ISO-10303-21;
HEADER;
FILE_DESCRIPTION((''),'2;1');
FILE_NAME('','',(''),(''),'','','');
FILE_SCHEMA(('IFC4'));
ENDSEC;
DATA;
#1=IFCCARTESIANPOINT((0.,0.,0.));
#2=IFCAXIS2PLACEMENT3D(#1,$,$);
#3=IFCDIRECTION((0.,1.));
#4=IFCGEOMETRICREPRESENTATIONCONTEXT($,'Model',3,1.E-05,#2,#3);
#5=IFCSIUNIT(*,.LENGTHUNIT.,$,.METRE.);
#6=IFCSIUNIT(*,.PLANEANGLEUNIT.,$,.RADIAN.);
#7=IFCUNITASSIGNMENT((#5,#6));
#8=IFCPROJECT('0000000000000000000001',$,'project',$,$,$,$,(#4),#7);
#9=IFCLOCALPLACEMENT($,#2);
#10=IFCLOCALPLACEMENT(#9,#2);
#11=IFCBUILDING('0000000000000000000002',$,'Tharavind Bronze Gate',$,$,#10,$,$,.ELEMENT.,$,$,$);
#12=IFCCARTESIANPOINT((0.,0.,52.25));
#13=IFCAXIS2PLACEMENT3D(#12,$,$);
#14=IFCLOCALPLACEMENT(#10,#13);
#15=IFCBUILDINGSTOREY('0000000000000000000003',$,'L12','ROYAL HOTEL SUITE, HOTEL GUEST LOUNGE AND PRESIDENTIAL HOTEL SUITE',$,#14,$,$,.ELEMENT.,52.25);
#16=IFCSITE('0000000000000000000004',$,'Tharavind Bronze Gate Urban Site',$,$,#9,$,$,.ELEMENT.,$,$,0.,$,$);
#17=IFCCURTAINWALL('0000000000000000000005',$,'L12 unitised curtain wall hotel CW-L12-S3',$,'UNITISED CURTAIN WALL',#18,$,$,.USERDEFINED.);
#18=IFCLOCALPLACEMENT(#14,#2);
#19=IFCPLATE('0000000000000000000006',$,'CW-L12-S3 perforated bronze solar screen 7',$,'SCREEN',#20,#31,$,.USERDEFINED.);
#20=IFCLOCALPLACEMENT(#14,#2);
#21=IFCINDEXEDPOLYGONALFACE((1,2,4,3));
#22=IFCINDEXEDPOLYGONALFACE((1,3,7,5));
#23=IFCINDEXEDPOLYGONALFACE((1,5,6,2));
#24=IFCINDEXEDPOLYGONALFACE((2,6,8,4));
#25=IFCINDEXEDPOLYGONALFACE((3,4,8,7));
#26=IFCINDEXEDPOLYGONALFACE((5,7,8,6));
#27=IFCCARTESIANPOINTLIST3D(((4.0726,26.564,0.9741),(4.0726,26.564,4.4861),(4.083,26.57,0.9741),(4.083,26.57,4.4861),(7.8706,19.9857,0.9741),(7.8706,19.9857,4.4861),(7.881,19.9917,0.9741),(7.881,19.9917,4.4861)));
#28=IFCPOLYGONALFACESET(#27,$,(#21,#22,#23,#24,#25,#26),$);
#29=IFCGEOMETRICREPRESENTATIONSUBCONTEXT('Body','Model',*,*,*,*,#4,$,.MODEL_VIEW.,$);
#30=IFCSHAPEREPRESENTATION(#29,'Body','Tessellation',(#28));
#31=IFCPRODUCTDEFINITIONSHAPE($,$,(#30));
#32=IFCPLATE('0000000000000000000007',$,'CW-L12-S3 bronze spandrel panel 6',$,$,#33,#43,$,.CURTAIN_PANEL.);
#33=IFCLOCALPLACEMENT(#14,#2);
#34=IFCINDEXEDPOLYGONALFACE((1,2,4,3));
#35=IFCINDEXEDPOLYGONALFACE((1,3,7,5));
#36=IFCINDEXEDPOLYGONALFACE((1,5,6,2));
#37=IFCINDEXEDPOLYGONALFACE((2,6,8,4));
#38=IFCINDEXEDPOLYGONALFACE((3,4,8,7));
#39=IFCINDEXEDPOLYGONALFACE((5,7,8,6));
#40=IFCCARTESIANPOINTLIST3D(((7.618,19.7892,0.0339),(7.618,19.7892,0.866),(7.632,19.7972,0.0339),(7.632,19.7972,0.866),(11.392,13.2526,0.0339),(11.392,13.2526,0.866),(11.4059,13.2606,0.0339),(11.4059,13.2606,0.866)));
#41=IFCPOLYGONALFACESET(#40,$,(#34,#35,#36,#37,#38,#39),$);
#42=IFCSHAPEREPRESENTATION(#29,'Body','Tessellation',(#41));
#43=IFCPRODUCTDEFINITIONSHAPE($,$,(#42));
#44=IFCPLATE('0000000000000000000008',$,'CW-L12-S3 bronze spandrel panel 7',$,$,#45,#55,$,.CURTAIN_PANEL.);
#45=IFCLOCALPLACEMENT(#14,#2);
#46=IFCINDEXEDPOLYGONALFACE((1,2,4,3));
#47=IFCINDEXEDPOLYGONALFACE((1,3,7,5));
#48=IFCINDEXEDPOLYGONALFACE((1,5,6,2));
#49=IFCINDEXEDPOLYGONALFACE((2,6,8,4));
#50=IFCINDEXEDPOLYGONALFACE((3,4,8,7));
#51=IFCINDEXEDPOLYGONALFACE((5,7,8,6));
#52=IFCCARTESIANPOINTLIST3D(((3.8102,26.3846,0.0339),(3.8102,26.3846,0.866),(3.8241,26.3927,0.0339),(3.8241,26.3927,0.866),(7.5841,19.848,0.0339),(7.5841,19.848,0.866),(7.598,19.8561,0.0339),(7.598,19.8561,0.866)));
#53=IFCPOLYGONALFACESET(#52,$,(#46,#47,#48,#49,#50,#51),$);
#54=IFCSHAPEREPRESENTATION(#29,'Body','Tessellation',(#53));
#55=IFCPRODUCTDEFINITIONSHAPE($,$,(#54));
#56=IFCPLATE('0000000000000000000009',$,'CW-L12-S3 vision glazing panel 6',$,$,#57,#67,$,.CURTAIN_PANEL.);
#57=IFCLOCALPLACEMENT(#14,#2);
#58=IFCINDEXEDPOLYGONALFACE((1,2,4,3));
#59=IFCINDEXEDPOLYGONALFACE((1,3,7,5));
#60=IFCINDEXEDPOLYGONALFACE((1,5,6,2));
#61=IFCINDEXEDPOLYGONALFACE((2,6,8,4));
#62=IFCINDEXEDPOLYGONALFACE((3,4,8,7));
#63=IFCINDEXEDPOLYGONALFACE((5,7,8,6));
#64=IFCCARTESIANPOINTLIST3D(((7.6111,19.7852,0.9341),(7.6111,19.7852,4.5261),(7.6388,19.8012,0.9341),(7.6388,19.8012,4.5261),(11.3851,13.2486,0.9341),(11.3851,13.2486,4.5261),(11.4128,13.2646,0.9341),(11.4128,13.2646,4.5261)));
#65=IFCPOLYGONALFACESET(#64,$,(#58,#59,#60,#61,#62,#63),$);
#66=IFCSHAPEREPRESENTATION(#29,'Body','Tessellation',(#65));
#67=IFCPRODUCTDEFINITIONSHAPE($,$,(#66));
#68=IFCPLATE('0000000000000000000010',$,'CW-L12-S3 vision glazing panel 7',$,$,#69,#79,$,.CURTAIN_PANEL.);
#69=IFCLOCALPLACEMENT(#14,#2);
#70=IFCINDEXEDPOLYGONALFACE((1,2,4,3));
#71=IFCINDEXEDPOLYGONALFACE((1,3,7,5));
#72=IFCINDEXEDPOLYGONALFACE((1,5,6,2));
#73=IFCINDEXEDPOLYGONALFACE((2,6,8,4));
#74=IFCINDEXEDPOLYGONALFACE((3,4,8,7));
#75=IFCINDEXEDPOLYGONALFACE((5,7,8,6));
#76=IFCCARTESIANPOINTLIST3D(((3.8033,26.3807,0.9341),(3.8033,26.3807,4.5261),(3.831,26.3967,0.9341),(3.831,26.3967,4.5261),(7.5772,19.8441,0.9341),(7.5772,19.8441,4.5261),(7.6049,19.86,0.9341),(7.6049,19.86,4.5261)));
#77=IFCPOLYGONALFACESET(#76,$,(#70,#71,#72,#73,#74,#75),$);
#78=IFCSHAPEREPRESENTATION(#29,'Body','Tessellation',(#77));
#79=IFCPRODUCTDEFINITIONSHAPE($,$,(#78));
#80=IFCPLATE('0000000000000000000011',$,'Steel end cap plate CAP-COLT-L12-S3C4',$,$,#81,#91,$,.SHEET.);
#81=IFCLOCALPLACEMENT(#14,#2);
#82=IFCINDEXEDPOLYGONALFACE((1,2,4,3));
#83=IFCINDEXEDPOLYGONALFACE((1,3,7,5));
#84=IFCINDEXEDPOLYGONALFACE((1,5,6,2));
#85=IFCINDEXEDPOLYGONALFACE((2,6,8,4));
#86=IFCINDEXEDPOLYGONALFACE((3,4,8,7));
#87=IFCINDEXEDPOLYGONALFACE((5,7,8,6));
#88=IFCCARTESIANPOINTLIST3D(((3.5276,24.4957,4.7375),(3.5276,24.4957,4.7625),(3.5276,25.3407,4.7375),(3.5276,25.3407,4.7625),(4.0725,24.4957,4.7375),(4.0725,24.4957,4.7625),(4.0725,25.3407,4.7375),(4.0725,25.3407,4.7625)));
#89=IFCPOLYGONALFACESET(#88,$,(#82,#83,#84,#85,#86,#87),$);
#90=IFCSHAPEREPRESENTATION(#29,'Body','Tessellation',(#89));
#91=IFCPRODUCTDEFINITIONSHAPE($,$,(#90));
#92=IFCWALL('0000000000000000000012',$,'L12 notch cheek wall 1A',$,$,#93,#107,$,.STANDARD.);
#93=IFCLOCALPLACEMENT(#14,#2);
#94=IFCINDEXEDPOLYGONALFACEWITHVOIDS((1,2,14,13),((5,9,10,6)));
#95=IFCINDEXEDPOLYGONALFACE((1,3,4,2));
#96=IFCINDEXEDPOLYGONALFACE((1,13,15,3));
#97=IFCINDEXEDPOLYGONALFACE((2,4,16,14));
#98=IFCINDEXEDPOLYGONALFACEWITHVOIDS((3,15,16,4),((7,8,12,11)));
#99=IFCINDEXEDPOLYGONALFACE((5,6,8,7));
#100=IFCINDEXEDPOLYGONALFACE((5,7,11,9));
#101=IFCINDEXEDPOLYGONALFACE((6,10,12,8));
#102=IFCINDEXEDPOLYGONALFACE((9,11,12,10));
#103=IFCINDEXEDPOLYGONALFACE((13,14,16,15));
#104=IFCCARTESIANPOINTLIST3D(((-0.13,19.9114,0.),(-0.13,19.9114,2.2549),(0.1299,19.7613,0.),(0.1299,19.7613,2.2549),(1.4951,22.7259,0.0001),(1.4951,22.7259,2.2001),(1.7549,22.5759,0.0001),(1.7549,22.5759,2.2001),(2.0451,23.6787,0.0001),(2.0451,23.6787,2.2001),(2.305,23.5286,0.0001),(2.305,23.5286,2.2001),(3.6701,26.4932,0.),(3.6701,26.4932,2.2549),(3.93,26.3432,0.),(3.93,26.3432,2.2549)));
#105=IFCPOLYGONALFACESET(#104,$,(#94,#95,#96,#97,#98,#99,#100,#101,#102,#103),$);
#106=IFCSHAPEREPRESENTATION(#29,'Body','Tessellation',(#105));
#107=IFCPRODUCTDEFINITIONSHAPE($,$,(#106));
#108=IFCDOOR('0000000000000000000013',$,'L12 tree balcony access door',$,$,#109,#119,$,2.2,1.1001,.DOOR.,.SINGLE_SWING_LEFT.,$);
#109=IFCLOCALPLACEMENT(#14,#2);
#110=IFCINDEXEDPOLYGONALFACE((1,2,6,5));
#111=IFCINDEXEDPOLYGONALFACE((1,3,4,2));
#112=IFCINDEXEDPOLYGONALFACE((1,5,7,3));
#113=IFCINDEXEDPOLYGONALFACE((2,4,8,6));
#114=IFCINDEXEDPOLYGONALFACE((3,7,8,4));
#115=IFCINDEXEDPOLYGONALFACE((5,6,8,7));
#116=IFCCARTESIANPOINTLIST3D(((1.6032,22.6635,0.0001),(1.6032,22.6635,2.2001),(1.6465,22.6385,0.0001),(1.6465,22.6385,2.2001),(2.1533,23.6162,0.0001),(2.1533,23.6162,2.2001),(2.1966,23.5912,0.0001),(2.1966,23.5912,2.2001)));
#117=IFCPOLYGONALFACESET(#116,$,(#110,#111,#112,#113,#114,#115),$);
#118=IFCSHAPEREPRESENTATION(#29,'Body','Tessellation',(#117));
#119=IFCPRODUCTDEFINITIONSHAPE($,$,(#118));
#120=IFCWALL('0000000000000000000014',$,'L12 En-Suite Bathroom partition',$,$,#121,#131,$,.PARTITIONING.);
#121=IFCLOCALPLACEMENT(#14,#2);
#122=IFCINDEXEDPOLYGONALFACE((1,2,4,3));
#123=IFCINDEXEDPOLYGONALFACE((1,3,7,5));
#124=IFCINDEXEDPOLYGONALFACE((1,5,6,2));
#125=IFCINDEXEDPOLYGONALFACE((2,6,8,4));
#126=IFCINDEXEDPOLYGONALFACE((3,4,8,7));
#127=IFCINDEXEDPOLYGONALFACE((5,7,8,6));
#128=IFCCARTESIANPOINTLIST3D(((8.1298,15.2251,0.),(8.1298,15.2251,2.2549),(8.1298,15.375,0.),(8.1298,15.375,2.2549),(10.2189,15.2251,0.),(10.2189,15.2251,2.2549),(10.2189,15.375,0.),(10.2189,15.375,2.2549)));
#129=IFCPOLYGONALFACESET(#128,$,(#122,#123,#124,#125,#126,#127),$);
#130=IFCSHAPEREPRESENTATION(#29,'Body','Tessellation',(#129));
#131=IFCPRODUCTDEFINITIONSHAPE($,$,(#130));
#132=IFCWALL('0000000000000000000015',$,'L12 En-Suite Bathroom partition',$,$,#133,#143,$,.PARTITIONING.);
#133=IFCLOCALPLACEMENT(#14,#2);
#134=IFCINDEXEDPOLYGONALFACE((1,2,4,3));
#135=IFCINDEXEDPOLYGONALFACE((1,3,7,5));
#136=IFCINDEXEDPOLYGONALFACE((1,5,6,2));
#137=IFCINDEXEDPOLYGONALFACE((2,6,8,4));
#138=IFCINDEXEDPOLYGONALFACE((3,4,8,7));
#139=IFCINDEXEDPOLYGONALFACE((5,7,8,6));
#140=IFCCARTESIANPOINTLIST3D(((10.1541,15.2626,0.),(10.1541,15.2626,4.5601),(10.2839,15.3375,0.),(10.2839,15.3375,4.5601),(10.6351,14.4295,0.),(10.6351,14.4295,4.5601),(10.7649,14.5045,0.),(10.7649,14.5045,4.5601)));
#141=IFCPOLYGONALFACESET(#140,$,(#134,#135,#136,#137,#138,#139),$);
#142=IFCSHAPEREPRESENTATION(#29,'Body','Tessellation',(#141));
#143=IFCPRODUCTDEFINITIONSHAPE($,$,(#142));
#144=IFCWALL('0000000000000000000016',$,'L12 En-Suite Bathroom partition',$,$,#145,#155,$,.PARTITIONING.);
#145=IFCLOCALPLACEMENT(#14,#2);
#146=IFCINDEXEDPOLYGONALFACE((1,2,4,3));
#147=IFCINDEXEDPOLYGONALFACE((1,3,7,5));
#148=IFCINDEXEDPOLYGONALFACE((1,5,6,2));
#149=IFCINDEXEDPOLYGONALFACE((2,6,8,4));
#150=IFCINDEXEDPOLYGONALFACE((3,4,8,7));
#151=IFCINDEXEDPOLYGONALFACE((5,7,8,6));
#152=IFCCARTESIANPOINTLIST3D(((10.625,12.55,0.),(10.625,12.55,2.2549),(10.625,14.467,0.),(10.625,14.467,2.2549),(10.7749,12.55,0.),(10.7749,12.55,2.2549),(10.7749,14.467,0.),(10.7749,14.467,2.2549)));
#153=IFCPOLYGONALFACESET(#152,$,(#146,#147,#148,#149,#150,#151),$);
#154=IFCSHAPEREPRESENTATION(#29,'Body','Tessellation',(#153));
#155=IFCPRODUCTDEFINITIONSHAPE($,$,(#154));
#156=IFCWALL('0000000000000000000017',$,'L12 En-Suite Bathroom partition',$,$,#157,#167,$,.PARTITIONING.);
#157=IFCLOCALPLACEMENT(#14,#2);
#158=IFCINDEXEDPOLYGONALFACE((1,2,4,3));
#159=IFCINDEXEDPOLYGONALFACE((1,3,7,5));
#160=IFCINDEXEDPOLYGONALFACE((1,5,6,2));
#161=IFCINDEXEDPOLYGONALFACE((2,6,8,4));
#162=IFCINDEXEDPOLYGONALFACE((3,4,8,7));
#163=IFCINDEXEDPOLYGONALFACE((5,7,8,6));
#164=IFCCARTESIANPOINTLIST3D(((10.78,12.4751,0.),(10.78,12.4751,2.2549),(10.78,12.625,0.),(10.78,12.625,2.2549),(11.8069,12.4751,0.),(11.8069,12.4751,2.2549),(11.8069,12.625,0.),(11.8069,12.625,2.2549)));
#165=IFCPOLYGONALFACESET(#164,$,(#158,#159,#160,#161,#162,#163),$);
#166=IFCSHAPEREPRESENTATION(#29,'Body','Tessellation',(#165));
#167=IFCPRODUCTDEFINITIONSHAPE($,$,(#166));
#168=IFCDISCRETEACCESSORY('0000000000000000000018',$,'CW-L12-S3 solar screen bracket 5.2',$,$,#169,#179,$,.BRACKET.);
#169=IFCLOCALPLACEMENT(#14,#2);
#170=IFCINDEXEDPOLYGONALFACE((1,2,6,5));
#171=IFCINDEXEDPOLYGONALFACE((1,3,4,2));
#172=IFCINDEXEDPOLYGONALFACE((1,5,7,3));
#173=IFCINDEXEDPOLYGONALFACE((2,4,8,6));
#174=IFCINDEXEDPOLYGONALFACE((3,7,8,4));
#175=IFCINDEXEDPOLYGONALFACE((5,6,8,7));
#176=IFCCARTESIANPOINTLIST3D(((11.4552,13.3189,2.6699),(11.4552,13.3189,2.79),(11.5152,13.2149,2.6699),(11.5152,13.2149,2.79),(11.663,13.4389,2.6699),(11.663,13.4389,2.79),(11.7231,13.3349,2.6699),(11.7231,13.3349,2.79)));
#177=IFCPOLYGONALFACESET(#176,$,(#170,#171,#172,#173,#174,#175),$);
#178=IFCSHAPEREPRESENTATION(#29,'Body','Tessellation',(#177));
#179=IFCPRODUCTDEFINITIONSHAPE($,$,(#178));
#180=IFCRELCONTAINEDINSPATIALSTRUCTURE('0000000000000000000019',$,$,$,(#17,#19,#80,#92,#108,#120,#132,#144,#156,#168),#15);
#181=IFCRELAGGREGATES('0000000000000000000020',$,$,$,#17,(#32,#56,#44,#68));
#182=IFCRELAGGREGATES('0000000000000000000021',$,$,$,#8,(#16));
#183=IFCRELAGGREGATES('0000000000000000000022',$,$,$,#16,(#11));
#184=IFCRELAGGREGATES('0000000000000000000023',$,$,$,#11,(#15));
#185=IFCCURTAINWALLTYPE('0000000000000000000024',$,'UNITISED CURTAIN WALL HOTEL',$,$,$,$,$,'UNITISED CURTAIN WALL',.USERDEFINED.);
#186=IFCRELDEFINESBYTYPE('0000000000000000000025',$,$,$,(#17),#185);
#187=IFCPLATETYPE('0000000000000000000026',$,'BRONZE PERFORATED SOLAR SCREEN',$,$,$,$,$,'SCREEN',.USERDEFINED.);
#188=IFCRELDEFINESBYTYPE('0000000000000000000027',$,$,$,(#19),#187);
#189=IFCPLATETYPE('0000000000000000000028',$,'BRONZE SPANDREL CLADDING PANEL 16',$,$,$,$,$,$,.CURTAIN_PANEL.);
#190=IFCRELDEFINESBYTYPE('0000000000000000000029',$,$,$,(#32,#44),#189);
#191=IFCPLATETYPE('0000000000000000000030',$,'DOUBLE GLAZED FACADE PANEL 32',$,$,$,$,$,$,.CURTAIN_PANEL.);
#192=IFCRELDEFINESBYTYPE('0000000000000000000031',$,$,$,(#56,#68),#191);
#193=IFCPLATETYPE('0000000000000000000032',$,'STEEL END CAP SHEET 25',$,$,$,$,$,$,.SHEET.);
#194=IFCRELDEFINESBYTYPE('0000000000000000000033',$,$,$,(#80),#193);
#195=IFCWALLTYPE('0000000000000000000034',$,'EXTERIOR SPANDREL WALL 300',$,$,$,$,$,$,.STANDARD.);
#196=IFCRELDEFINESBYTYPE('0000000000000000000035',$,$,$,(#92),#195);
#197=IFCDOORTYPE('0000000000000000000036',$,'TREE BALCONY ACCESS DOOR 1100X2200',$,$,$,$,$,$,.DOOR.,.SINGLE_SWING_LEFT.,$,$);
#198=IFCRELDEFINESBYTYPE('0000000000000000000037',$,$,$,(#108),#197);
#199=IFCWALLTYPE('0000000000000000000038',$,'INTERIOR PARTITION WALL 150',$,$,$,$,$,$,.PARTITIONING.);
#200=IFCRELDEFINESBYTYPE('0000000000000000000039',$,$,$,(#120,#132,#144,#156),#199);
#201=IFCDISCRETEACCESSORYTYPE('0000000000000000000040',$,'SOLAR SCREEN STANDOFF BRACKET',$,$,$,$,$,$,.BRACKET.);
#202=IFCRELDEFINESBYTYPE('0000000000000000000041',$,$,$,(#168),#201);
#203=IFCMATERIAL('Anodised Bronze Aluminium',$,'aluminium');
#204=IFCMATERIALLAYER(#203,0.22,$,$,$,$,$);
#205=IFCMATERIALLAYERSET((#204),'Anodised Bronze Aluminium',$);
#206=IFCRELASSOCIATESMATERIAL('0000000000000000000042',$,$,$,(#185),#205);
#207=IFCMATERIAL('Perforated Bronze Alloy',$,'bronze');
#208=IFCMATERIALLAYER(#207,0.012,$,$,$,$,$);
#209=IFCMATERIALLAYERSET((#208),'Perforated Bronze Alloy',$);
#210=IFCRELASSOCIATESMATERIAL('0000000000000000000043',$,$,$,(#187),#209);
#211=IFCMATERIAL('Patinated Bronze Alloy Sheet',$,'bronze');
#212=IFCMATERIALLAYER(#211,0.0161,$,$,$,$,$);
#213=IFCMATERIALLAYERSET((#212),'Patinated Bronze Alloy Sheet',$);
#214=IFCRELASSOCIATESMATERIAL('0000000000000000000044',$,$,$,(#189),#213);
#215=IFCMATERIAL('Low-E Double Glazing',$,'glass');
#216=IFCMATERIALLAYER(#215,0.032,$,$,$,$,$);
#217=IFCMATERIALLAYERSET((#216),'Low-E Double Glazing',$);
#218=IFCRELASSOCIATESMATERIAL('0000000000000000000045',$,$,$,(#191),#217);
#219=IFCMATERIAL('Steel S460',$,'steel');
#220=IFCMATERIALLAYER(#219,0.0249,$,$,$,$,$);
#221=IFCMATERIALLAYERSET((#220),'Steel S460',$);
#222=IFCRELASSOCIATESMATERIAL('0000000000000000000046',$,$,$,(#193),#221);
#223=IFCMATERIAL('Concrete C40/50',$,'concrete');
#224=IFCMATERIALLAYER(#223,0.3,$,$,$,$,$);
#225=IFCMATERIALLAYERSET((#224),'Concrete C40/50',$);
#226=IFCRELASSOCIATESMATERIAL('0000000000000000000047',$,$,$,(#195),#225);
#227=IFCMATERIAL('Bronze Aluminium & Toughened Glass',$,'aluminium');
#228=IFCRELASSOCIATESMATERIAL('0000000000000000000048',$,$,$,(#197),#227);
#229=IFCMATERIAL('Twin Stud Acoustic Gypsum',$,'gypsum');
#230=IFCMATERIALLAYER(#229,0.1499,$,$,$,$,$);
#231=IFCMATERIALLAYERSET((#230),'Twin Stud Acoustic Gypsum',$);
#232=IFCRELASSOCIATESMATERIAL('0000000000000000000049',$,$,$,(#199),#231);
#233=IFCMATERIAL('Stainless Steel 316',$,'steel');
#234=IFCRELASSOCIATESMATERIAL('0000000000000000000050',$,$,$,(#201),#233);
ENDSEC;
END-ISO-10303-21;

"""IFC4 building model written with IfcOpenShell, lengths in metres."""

from ifc_helpers import new_model, si_unit, direction, frame, frame_2d, origin, origin_2d, place, context, subcontext, project, spatial, rectangle, extrude, material, layer, layer_set, type_object, element, fill, aggregate, save


model = new_model("IFC4")

# Units and contexts
model_context = context("Model", 3, precision=1e-05, world=origin(), true_north=direction((0.0, 1.0)))
body_context = subcontext(model_context, "Body", "Model", "MODEL_VIEW")
ifc_project = project(units=[si_unit("LENGTHUNIT", "METRE"), si_unit("PLANEANGLEUNIT", "RADIAN")], contexts=[model_context])

# Site, building, storey
site_placement = place(None, origin())
site = spatial("IfcSite", under=ifc_project, at=site_placement, Name="Tharavind Bronze Gate Urban Site", CompositionType="ELEMENT", RefElevation=0.0)
building_placement = place(site_placement, origin())
building = spatial("IfcBuilding", under=site, at=building_placement, Name="Tharavind Bronze Gate", CompositionType="ELEMENT")
storey_placement = place(building_placement, frame((0.0, 0.0, 52.25)))
storey = spatial("IfcBuildingStorey", under=building, at=storey_placement, Name="L12", Description="ROYAL HOTEL SUITE, HOTEL GUEST LOUNGE AND PRESIDENTIAL HOTEL SUITE", CompositionType="ELEMENT", Elevation=52.25)

# Shared definitions
ifc_material_1 = material(Name="Steel S460", Category="steel")

# Curtain wall
ifc_material_2 = material(Name="Anodised Bronze Aluminium", Category="aluminium")
ifc_layer_1 = layer(ifc_material_2, 0.22)
ifc_layer_set_1 = layer_set([ifc_layer_1], Name="Anodised Bronze Aluminium")
curtain_wall_type = type_object("IfcCurtainWallType", Name="UNITISED CURTAIN WALL HOTEL", ElementType="UNITISED CURTAIN WALL", PredefinedType="USERDEFINED", material=ifc_layer_set_1)
curtain_wall_placement = place(storey_placement, origin())
curtain_wall = element("IfcCurtainWall", 1, at=curtain_wall_placement, inside=storey, type_object=curtain_wall_type, Name="L12 unitised curtain wall hotel CW-L12-S3", ObjectType="UNITISED CURTAIN WALL", PredefinedType="USERDEFINED")

# Plates
ifc_material_3 = material(Name="Perforated Bronze Alloy", Category="bronze")
ifc_layer_2 = layer(ifc_material_3, 0.012)
ifc_layer_set_2 = layer_set([ifc_layer_2], Name="Perforated Bronze Alloy")
plate_type_1 = type_object("IfcPlateType", Name="BRONZE PERFORATED SOLAR SCREEN", ElementType="SCREEN", PredefinedType="USERDEFINED", material=ifc_layer_set_2)
plate_1_placement = place(storey_placement, frame((5.9768, 23.2778, 0.9741), z_axis=(0.0, 0.0, 1.0), x_axis=(-0.500002, 0.866025, 0.0)))
element("IfcPlate", 2, at=plate_1_placement, inside=storey, type_object=plate_type_1, Name="CW-L12-S3 perforated bronze solar screen 7", ObjectType="SCREEN", PredefinedType="USERDEFINED", context=body_context, shape_type="SweptSolid", body=[
    extrude(rectangle(XDim=7.5959, YDim=0.012, at=origin_2d()), origin(), (0.0, 0.0, 1.0), 3.512),
])
ifc_material_4 = material(Name="Patinated Bronze Alloy Sheet", Category="bronze")
ifc_layer_3 = layer(ifc_material_4, 0.0161)
ifc_layer_set_3 = layer_set([ifc_layer_3], Name="Patinated Bronze Alloy Sheet")
plate_type_2 = type_object("IfcPlateType", Name="BRONZE SPANDREL CLADDING PANEL 16", PredefinedType="CURTAIN_PANEL", material=ifc_layer_set_3)
plate_2_placement = place(storey_placement, frame((9.512, 16.5249, 0.0339), z_axis=(0.0, 0.0, 1.0), x_axis=(-0.500002, 0.866025, 0.0)))
plate_2 = element("IfcPlate", 3, at=plate_2_placement, type_object=plate_type_2, Name="CW-L12-S3 bronze spandrel panel 6", PredefinedType="CURTAIN_PANEL", context=body_context, shape_type="SweptSolid", body=[
    extrude(rectangle(XDim=7.5479, YDim=0.0161, at=origin_2d()), origin(), (0.0, 0.0, 1.0), 0.832),
])
plate_3_placement = place(storey_placement, frame((5.7041, 23.1204, 0.0339), z_axis=(0.0, 0.0, 1.0), x_axis=(-0.500002, 0.866025, 0.0)))
plate_3 = element("IfcPlate", 4, at=plate_3_placement, type_object=plate_type_2, Name="CW-L12-S3 bronze spandrel panel 7", PredefinedType="CURTAIN_PANEL", context=body_context, shape_type="SweptSolid", body=[
    extrude(rectangle(XDim=7.5479, YDim=0.0161, at=origin_2d()), origin(), (0.0, 0.0, 1.0), 0.832),
])
ifc_material_5 = material(Name="Low-E Double Glazing", Category="glass")
ifc_layer_4 = layer(ifc_material_5, 0.032)
ifc_layer_set_4 = layer_set([ifc_layer_4], Name="Low-E Double Glazing")
plate_type_3 = type_object("IfcPlateType", Name="DOUBLE GLAZED FACADE PANEL 32", PredefinedType="CURTAIN_PANEL", material=ifc_layer_set_4)
plate_4_placement = place(storey_placement, frame((9.512, 16.5249, 0.9341), z_axis=(0.0, 0.0, 1.0), x_axis=(-0.500002, 0.866025, 0.0)))
plate_4 = element("IfcPlate", 5, at=plate_4_placement, type_object=plate_type_3, Name="CW-L12-S3 vision glazing panel 6", PredefinedType="CURTAIN_PANEL", context=body_context, shape_type="SweptSolid", body=[
    extrude(rectangle(XDim=7.5479, YDim=0.032, at=origin_2d()), origin(), (0.0, 0.0, 1.0), 3.592),
])
plate_5_placement = place(storey_placement, frame((5.7041, 23.1204, 0.9341), z_axis=(0.0, 0.0, 1.0), x_axis=(-0.500002, 0.866025, 0.0)))
plate_5 = element("IfcPlate", 6, at=plate_5_placement, type_object=plate_type_3, Name="CW-L12-S3 vision glazing panel 7", PredefinedType="CURTAIN_PANEL", context=body_context, shape_type="SweptSolid", body=[
    extrude(rectangle(XDim=7.5479, YDim=0.032, at=origin_2d()), origin(), (0.0, 0.0, 1.0), 3.592),
])
aggregate(curtain_wall, [plate_2, plate_4, plate_3, plate_5])
ifc_layer_5 = layer(ifc_material_1, 0.0249)
ifc_layer_set_5 = layer_set([ifc_layer_5], Name="Steel S460")
plate_type_4 = type_object("IfcPlateType", Name="STEEL END CAP SHEET 25", PredefinedType="SHEET", material=ifc_layer_set_5)
plate_6_placement = place(storey_placement, frame((3.8, 24.9182, 4.7375), z_axis=(0.0, 0.0, 1.0), x_axis=(1.0, 0.0, 0.0)))
element("IfcPlate", 7, at=plate_6_placement, inside=storey, type_object=plate_type_4, Name="Steel end cap plate CAP-COLT-L12-S3C4", PredefinedType="SHEET", context=body_context, shape_type="SweptSolid", body=[
    extrude(rectangle(XDim=0.5449, YDim=0.845, at=origin_2d()), origin(), (0.0, 0.0, 1.0), 0.0249),
])

# Wall, opening, door
ifc_material_6 = material(Name="Concrete C40/50", Category="concrete")
ifc_layer_6 = layer(ifc_material_6, 0.3)
ifc_layer_set_6 = layer_set([ifc_layer_6], Name="Concrete C40/50")
wall_type_1 = type_object("IfcWallType", Name="EXTERIOR SPANDREL WALL 300", PredefinedType="STANDARD", material=ifc_layer_set_6)
wall_1_placement = place(storey_placement, frame((3.8, 26.4182, 0.0), z_axis=(0.0, 0.0, 1.0), x_axis=(-0.500005, -0.866022, 0.0)))
wall_1 = element("IfcWall", 8, at=wall_1_placement, inside=storey, type_object=wall_type_1, Name="L12 notch cheek wall 1A", PredefinedType="STANDARD", context=body_context, shape_type="SweptSolid", body=[
    extrude(rectangle(XDim=7.6001, YDim=0.3, at=frame_2d((3.8, 0.0))), origin(), (0.0, 0.0, 1.0), 2.2549),
])
opening_placement = place(wall_1_placement, frame((3.25, 0.0, 0.0)))
opening = element("IfcOpeningElement", 9, at=opening_placement, cuts=wall_1, PredefinedType="OPENING", context=body_context, shape_type="SweptSolid", body=[
    extrude(rectangle(XDim=1.1001, YDim=2.2, at=frame_2d((0.55, 1.1001))), frame((0.0, 0.1599, 0.0), z_axis=(0.0, -1.0, 0.0), x_axis=(1.0, 0.0, 0.0)), (0.0, 0.0, 1.0), 0.32),
])
ifc_material_7 = material(Name="Bronze Aluminium & Toughened Glass", Category="aluminium")
door_type = type_object("IfcDoorType", Name="TREE BALCONY ACCESS DOOR 1100X2200", OperationType="SINGLE_SWING_LEFT", PredefinedType="DOOR", material=ifc_material_7)
door_placement = place(opening_placement, origin())
door = element("IfcDoor", 10, at=door_placement, inside=storey, type_object=door_type, Name="L12 tree balcony access door", OperationType="SINGLE_SWING_LEFT", OverallHeight=2.2, OverallWidth=1.1001, PredefinedType="DOOR", context=body_context, shape_type="SweptSolid", body=[
    extrude(rectangle(XDim=1.1001, YDim=2.2, at=frame_2d((0.55, 1.1001))), frame((0.0, 0.0249, 0.0), z_axis=(0.0, -1.0, 0.0), x_axis=(1.0, 0.0, 0.0)), (0.0, 0.0, 1.0), 0.05),
])
fill(opening, door)

# Walls
ifc_material_8 = material(Name="Twin Stud Acoustic Gypsum", Category="gypsum")
ifc_layer_7 = layer(ifc_material_8, 0.1499)
ifc_layer_set_7 = layer_set([ifc_layer_7], Name="Twin Stud Acoustic Gypsum")
wall_type_2 = type_object("IfcWallType", Name="INTERIOR PARTITION WALL 150", PredefinedType="PARTITIONING", material=ifc_layer_set_7)
wall_2_placement = place(storey_placement, frame((8.1299, 15.3, 0.0), z_axis=(0.0, 0.0, 1.0), x_axis=(1.0, 0.0, 0.0)))
element("IfcWall", 11, at=wall_2_placement, inside=storey, type_object=wall_type_2, Name="L12 En-Suite Bathroom partition", PredefinedType="PARTITIONING", context=body_context, shape_type="SweptSolid", body=[
    extrude(rectangle(XDim=2.0891, YDim=0.1499, at=frame_2d((1.0444, 0.0))), origin(), (0.0, 0.0, 1.0), 2.2549),
])
wall_3_placement = place(storey_placement, frame((10.219, 15.3, 0.0), z_axis=(0.0, 0.0, 1.0), x_axis=(0.500015, -0.866017, 0.0)))
element("IfcWall", 12, at=wall_3_placement, inside=storey, type_object=wall_type_2, Name="L12 En-Suite Bathroom partition", PredefinedType="PARTITIONING", context=body_context, shape_type="SweptSolid", body=[
    extrude(rectangle(XDim=0.9619, YDim=0.1499, at=frame_2d((0.481, 0.0))), origin(), (0.0, 0.0, 1.0), 4.5601),
])
wall_4_placement = place(storey_placement, frame((10.7, 14.467, 0.0), z_axis=(0.0, 0.0, 1.0), x_axis=(0.0, -1.0, 0.0)))
element("IfcWall", 13, at=wall_4_placement, inside=storey, type_object=wall_type_2, Name="L12 En-Suite Bathroom partition", PredefinedType="PARTITIONING", context=body_context, shape_type="SweptSolid", body=[
    extrude(rectangle(XDim=1.917, YDim=0.1499, at=frame_2d((0.9585, 0.0))), origin(), (0.0, 0.0, 1.0), 2.2549),
])
wall_5_placement = place(storey_placement, frame((11.8069, 12.55, 0.0), z_axis=(0.0, 0.0, 1.0), x_axis=(-1.0, 0.0, 0.0)))
element("IfcWall", 14, at=wall_5_placement, inside=storey, type_object=wall_type_2, Name="L12 En-Suite Bathroom partition", PredefinedType="PARTITIONING", context=body_context, shape_type="SweptSolid", body=[
    extrude(rectangle(XDim=1.0269, YDim=0.1499, at=frame_2d((0.5134, 0.0))), origin(), (0.0, 0.0, 1.0), 2.2549),
])

# Discrete accessory
ifc_material_9 = material(Name="Stainless Steel 316", Category="steel")
discrete_accessory_type = type_object("IfcDiscreteAccessoryType", Name="SOLAR SCREEN STANDOFF BRACKET", PredefinedType="BRACKET", material=ifc_material_9)
for number, where, z_axis, x_axis, name in (
    (15, (11.5891, 13.3269, 2.6699), (0.0, 0.0, 1.0), (-0.500002, 0.866025, 0.0), "CW-L12-S3 solar screen bracket 5.2"),
):
    element("IfcDiscreteAccessory", number, at=place(storey_placement, frame(where, z_axis=z_axis, x_axis=x_axis)), inside=storey, type_object=discrete_accessory_type, Name=name, PredefinedType="BRACKET", context=body_context, shape_type="SweptSolid", body=[
        extrude(rectangle(XDim=0.1201, YDim=0.24, at=origin_2d()), origin(), (0.0, 0.0, 1.0), 0.1201),
    ])

save(model, "model.ifc")
